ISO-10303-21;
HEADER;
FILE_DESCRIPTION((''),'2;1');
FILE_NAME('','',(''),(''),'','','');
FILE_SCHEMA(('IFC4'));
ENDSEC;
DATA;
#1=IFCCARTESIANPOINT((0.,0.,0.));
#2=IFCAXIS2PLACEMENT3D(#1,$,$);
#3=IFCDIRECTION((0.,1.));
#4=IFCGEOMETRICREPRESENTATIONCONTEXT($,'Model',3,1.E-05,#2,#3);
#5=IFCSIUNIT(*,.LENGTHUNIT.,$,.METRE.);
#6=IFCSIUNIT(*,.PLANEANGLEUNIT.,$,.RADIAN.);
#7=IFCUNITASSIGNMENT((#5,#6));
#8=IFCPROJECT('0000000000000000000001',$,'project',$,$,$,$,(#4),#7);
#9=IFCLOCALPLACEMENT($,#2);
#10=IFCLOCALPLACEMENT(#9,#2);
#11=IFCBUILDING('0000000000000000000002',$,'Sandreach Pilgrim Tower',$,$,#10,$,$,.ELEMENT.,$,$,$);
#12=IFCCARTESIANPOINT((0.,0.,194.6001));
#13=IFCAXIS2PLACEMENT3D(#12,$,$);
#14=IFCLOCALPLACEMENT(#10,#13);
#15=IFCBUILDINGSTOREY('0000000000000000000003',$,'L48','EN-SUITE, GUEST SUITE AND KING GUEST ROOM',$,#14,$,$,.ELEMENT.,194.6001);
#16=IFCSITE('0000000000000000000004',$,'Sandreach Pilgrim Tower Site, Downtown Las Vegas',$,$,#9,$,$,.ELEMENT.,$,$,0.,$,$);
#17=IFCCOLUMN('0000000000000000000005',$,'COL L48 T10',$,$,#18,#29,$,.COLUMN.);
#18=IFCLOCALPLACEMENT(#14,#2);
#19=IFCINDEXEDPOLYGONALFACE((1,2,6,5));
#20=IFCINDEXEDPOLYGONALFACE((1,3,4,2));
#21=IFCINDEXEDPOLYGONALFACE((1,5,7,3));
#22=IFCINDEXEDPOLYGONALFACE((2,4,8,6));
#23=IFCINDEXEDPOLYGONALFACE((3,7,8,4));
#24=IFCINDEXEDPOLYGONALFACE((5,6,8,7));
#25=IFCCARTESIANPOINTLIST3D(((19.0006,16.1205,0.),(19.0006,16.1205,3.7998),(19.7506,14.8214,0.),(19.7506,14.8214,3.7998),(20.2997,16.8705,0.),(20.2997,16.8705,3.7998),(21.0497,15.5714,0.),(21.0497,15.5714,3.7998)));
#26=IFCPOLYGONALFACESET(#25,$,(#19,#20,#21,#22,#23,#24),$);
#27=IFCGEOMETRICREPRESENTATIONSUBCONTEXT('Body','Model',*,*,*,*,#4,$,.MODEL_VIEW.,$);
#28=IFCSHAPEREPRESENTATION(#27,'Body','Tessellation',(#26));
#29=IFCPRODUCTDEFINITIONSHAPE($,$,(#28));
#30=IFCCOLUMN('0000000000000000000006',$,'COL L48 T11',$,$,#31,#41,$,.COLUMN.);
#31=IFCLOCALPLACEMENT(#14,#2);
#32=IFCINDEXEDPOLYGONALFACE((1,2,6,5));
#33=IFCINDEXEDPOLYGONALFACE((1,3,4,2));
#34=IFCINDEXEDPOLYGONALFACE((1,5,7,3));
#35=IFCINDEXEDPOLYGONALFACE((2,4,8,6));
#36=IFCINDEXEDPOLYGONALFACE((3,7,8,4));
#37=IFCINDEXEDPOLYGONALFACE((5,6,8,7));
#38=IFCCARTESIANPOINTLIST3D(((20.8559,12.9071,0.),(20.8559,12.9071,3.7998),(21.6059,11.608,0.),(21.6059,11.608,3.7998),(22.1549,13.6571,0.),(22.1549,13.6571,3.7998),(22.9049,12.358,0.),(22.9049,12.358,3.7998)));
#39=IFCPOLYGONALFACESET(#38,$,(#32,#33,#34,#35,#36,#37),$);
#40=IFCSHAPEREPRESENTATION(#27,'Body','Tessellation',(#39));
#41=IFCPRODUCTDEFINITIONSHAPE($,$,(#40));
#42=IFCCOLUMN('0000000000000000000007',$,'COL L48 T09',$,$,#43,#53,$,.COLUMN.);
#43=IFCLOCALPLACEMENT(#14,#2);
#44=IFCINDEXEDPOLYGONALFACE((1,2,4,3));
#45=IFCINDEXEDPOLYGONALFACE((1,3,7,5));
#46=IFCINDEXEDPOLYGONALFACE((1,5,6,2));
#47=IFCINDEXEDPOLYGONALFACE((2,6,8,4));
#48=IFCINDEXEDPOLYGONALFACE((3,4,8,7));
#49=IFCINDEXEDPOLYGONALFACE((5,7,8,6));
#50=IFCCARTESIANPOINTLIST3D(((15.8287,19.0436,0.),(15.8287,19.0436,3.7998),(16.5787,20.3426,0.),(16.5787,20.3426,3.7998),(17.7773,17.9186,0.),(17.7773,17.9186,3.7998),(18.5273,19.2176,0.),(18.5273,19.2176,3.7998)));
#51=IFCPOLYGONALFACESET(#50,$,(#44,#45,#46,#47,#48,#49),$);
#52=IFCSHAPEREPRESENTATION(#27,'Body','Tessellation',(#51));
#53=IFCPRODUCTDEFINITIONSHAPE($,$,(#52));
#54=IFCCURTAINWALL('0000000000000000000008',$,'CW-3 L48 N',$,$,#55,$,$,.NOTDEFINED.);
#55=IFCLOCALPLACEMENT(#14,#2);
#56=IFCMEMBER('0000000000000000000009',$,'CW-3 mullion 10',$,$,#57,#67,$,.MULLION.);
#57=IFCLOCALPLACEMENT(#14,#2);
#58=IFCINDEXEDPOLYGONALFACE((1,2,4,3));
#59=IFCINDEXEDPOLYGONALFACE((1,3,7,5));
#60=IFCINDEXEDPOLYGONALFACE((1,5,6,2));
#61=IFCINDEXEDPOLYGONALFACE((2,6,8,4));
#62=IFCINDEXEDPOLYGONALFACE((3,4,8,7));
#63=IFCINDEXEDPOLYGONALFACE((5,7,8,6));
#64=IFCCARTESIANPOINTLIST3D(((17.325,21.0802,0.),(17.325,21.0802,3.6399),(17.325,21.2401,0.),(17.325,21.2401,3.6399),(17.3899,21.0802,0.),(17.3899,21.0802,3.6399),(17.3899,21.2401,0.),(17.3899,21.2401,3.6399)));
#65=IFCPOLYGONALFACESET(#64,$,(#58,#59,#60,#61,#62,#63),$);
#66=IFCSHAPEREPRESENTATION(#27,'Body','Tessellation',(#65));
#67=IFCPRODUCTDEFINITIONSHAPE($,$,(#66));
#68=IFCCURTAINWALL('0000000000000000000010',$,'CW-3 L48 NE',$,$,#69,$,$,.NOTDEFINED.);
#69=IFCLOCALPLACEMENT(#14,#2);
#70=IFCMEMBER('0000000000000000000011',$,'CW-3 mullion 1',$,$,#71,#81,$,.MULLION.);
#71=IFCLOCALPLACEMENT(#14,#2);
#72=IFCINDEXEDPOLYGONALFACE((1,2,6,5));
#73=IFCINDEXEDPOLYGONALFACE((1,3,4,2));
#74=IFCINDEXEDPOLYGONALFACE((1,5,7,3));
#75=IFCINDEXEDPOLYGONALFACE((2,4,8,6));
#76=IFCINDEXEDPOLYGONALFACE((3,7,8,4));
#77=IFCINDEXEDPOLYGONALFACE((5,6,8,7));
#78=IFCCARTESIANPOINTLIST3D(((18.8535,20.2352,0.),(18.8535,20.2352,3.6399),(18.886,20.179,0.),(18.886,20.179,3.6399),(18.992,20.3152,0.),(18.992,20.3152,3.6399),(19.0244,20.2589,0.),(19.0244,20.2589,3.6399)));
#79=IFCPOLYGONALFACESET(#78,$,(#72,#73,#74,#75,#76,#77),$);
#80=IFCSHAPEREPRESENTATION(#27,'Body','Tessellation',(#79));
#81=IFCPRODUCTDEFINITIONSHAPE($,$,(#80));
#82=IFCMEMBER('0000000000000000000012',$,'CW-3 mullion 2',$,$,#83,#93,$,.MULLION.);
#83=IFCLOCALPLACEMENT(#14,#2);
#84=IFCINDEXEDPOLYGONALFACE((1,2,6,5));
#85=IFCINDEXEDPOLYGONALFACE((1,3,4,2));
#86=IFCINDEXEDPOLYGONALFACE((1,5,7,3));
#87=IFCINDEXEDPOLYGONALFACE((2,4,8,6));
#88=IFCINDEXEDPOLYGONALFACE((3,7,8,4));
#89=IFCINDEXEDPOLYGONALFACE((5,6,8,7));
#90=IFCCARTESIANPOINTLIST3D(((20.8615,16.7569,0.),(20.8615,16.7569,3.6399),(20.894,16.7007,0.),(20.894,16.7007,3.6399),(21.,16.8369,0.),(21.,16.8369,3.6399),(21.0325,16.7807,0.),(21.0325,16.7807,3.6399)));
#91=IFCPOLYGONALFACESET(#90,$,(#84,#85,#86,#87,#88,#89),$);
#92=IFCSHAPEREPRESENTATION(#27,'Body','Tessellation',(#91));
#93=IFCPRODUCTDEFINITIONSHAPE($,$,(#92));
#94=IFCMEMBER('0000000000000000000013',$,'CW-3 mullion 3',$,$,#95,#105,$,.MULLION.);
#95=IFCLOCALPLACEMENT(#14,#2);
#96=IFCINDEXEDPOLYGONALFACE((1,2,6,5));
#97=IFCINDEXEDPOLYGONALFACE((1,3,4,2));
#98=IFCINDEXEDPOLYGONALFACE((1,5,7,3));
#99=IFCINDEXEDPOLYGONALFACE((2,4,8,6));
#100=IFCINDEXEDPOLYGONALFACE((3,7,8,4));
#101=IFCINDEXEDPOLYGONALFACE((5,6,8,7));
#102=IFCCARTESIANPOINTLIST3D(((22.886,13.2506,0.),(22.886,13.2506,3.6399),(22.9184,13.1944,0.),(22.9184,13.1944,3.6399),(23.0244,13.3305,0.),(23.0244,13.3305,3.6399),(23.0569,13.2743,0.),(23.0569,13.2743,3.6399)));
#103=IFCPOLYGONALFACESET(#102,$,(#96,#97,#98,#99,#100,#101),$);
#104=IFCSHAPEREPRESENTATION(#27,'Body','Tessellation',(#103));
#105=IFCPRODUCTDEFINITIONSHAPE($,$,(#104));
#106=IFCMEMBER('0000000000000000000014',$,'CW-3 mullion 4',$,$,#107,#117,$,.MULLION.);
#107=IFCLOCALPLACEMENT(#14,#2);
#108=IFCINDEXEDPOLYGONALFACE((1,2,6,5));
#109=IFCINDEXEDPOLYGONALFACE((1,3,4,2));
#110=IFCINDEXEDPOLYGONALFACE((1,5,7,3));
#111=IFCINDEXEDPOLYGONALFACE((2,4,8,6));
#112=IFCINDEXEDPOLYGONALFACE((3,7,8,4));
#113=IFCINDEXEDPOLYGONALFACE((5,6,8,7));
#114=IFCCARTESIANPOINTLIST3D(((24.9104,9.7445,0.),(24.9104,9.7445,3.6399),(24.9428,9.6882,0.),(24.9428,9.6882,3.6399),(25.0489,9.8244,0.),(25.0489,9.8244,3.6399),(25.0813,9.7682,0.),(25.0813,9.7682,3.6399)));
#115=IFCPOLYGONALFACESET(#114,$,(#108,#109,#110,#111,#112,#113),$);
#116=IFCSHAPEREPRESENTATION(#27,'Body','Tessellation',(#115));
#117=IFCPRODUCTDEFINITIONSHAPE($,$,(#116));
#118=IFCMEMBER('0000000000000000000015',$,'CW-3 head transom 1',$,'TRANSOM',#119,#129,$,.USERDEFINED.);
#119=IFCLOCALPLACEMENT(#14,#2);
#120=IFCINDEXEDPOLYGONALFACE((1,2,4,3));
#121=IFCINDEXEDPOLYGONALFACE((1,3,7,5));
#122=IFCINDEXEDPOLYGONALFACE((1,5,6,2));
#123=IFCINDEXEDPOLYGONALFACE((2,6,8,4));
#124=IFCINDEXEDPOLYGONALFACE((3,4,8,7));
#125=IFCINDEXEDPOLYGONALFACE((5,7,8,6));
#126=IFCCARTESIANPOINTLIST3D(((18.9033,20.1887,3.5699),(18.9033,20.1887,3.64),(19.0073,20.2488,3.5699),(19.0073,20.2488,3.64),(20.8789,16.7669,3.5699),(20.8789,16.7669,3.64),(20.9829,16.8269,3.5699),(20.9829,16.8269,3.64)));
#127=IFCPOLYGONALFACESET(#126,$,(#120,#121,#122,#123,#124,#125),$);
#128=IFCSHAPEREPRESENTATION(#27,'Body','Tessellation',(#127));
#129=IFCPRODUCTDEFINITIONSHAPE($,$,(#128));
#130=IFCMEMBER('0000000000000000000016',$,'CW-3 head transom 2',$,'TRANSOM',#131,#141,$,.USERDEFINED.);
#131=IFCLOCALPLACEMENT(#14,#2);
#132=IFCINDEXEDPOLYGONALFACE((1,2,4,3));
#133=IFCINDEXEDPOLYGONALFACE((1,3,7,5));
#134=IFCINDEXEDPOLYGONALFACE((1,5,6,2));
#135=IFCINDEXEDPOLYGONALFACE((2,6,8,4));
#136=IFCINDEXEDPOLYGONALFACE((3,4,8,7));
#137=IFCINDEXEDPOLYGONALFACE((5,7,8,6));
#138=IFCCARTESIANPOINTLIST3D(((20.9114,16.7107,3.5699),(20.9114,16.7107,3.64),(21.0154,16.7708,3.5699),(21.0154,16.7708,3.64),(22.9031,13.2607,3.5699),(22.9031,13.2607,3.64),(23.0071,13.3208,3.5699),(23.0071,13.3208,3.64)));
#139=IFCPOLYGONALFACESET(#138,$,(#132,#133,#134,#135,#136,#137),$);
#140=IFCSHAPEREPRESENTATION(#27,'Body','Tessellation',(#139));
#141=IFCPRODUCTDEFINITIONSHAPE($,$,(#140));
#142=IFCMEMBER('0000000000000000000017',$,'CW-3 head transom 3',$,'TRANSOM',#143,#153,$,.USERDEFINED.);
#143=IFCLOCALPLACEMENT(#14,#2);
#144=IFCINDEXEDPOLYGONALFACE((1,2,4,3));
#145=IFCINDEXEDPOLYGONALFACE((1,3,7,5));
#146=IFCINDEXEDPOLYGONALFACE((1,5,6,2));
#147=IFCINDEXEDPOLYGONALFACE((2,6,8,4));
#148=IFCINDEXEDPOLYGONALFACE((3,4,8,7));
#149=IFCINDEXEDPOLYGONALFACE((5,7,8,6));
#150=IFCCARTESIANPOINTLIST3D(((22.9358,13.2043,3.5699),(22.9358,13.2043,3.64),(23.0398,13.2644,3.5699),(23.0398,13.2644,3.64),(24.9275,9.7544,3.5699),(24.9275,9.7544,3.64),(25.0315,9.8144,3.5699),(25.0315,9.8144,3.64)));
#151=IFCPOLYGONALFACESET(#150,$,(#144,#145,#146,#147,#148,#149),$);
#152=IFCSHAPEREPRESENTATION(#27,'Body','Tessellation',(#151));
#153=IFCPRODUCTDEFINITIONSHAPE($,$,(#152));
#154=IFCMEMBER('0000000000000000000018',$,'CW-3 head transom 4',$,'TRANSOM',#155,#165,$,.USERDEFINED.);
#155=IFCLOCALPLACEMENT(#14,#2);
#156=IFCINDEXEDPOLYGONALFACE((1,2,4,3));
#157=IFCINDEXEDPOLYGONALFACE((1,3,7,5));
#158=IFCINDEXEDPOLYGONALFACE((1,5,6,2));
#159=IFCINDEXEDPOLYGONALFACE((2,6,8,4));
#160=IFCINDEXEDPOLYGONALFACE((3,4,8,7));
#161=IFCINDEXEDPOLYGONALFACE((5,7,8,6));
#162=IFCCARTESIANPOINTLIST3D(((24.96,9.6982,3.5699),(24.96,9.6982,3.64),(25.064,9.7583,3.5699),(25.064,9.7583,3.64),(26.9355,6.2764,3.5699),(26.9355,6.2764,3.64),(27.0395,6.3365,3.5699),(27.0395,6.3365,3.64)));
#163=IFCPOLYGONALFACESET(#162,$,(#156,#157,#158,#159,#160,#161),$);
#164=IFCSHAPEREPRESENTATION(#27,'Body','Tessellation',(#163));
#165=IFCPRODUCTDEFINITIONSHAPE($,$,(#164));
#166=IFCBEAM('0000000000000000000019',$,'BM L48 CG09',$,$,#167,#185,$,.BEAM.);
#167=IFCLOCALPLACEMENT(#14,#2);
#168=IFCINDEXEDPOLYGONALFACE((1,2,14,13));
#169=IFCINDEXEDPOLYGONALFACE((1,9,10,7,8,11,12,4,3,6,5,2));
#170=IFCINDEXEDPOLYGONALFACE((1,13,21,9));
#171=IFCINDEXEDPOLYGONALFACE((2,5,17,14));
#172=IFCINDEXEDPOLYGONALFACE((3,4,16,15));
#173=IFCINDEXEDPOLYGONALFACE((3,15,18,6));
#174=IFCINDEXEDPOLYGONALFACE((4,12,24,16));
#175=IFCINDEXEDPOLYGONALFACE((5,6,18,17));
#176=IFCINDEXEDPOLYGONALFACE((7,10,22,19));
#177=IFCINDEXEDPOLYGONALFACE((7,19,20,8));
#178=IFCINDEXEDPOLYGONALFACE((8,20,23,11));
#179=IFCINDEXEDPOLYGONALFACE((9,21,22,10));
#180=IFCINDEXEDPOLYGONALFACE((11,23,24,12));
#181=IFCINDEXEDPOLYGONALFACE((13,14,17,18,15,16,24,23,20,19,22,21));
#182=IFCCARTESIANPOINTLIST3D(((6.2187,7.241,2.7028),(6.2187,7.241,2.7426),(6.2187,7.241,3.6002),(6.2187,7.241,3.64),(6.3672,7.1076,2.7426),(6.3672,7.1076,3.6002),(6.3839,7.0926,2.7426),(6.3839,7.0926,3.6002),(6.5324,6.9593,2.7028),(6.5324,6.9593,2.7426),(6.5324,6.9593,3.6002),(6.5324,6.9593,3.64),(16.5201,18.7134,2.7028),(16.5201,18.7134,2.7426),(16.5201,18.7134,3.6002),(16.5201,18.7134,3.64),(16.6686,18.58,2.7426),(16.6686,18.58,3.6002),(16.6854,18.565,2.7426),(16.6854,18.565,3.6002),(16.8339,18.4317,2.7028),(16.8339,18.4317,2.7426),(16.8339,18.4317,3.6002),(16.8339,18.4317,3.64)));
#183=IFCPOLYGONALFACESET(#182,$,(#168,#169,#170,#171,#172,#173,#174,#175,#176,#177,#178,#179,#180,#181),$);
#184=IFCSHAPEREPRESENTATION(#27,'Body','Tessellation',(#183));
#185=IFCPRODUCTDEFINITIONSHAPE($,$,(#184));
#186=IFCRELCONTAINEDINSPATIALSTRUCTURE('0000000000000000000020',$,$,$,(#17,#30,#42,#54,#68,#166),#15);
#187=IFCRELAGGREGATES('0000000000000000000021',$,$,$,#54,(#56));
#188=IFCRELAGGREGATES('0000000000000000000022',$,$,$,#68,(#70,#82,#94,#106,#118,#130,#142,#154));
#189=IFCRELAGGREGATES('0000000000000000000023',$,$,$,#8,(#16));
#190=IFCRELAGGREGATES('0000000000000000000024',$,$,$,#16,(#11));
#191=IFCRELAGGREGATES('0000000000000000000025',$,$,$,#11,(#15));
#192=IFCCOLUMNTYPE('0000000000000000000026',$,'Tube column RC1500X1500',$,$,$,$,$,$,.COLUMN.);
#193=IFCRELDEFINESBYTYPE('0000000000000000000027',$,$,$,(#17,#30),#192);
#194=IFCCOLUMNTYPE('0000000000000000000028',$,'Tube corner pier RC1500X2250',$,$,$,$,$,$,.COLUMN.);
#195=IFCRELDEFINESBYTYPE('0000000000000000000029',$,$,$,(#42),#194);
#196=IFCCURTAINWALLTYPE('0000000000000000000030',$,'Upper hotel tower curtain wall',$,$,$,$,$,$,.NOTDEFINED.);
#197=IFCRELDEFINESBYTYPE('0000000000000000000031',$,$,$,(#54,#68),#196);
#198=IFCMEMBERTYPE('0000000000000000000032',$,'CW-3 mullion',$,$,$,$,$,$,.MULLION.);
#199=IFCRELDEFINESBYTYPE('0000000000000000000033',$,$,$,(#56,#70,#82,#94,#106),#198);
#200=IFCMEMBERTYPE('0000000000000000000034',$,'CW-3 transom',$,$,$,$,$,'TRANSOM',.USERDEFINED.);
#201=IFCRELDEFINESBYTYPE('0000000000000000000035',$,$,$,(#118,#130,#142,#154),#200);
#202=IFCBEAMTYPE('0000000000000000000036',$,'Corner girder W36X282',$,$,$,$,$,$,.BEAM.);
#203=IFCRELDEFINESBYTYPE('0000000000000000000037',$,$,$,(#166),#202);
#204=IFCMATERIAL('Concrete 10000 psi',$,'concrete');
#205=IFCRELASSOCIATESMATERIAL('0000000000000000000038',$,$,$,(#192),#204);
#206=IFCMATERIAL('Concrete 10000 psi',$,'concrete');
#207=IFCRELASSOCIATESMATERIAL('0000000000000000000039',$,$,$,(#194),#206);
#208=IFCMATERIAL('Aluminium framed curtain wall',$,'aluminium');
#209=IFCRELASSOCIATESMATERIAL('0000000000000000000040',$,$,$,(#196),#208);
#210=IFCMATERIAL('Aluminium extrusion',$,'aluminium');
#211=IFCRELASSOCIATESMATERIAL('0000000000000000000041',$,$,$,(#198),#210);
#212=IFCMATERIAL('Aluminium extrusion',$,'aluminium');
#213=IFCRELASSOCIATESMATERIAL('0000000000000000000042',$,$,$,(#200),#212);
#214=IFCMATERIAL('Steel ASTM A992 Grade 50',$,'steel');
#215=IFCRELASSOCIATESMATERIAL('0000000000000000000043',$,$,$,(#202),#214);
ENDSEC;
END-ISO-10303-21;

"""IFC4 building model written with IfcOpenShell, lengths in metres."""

from ifc_helpers import new_model, si_unit, direction, frame, origin, origin_2d, place, context, subcontext, project, spatial, rectangle, i_section, extrude, material, material_profile, profile_set, type_object, element, aggregate, save


model = new_model("IFC4")

# Units and contexts
model_context = context("Model", 3, precision=1e-05, world=origin(), true_north=direction((0.0, 1.0)))
body_context = subcontext(model_context, "Body", "Model", "MODEL_VIEW")
ifc_project = project(units=[si_unit("LENGTHUNIT", "METRE"), si_unit("PLANEANGLEUNIT", "RADIAN")], contexts=[model_context])

# Site, building, storey
site_placement = place(None, origin())
site = spatial("IfcSite", under=ifc_project, at=site_placement, Name="Sandreach Pilgrim Tower Site, Downtown Las Vegas", CompositionType="ELEMENT", RefElevation=0.0)
building_placement = place(site_placement, origin())
building = spatial("IfcBuilding", under=site, at=building_placement, Name="Sandreach Pilgrim Tower", CompositionType="ELEMENT")
storey_placement = place(building_placement, frame((0.0, 0.0, 194.6001)))
storey = spatial("IfcBuildingStorey", under=building, at=storey_placement, Name="L48", Description="EN-SUITE, GUEST SUITE AND KING GUEST ROOM", CompositionType="ELEMENT", Elevation=194.6001)

# Columns
ifc_material_1 = material(Name="Concrete 10000 psi", Category="concrete")
ifc_material_profile_1 = material_profile(ifc_material_1, rectangle(XDim=1.5, YDim=1.5, at=origin_2d()), Name="RC1500X1500")
ifc_profile_set_1 = profile_set([ifc_material_profile_1], Name="Concrete 10000 psi")
column_type_1 = type_object("IfcColumnType", Name="Tube column RC1500X1500", PredefinedType="COLUMN", material=ifc_profile_set_1)
for number, where, z_axis, x_axis, name in (
    (1, (20.0251, 15.8459, 0.0), (0.0, 0.0, 1.0), (0.866025, 0.5, 0.0), "COL L48 T10"),
    (2, (21.8804, 12.6326, 0.0), (0.0, 0.0, 1.0), (0.866025, 0.5, 0.0), "COL L48 T11"),
):
    element("IfcColumn", number, at=place(storey_placement, frame(where, z_axis=z_axis, x_axis=x_axis)), inside=storey, type_object=column_type_1, Name=name, PredefinedType="COLUMN", context=body_context, shape_type="SweptSolid", body=[
        extrude(rectangle(XDim=1.5, YDim=1.5, at=origin_2d()), origin(), (0.0, 0.0, 1.0), 3.7998),
    ])
ifc_material_2 = material(Name="Concrete 10000 psi", Category="concrete")
ifc_material_profile_2 = material_profile(ifc_material_2, rectangle(XDim=1.5, YDim=2.25, at=origin_2d()), Name="RC1500X2250")
ifc_profile_set_2 = profile_set([ifc_material_profile_2], Name="Concrete 10000 psi")
column_type_2 = type_object("IfcColumnType", Name="Tube corner pier RC1500X2250", PredefinedType="COLUMN", material=ifc_profile_set_2)
column_placement = place(storey_placement, frame((17.178, 19.1306, 0.0), z_axis=(0.0, 0.0, 1.0), x_axis=(0.5, 0.866025, 0.0)))
element("IfcColumn", 3, at=column_placement, inside=storey, type_object=column_type_2, Name="COL L48 T09", PredefinedType="COLUMN", context=body_context, shape_type="SweptSolid", body=[
    extrude(rectangle(XDim=1.5, YDim=2.25, at=origin_2d()), origin(), (0.0, 0.0, 1.0), 3.7998),
])

# Curtain wall, member
ifc_material_3 = material(Name="Aluminium framed curtain wall", Category="aluminium")
curtain_wall_type = type_object("IfcCurtainWallType", Name="Upper hotel tower curtain wall", PredefinedType="NOTDEFINED", material=ifc_material_3)
curtain_wall_1_placement = place(storey_placement, origin())
curtain_wall_1 = element("IfcCurtainWall", 4, at=curtain_wall_1_placement, inside=storey, type_object=curtain_wall_type, Name="CW-3 L48 N", PredefinedType="NOTDEFINED")
ifc_material_4 = material(Name="Aluminium extrusion", Category="aluminium")
ifc_material_profile_3 = material_profile(ifc_material_4, rectangle(XDim=0.0649, YDim=0.1599, at=origin_2d()), Name="CW-3M 65X160")
ifc_profile_set_3 = profile_set([ifc_material_profile_3], Name="Aluminium extrusion")
member_type_1 = type_object("IfcMemberType", Name="CW-3 mullion", PredefinedType="MULLION", material=ifc_profile_set_3)
member_1_placement = place(storey_placement, frame((17.3574, 21.1602, 0.0), z_axis=(0.0, 0.0, 1.0), x_axis=(1.0, 0.0, 0.0)))
member_1 = element("IfcMember", 5, at=member_1_placement, type_object=member_type_1, Name="CW-3 mullion 10", PredefinedType="MULLION", context=body_context, shape_type="SweptSolid", body=[
    extrude(rectangle(XDim=0.0649, YDim=0.1599, at=origin_2d()), origin(), (0.0, 0.0, 1.0), 3.6399),
])

# Curtain wall, members
curtain_wall_2_placement = place(storey_placement, origin())
curtain_wall_2 = element("IfcCurtainWall", 6, at=curtain_wall_2_placement, inside=storey, type_object=curtain_wall_type, Name="CW-3 L48 NE", PredefinedType="NOTDEFINED")
member_2_placement = place(storey_placement, frame((18.939, 20.2471, 0.0), z_axis=(0.0, 0.0, 1.0), x_axis=(0.5, -0.866025, 0.0)))
member_2 = element("IfcMember", 7, at=member_2_placement, type_object=member_type_1, Name="CW-3 mullion 1", PredefinedType="MULLION", context=body_context, shape_type="SweptSolid", body=[
    extrude(rectangle(XDim=0.0649, YDim=0.1599, at=origin_2d()), origin(), (0.0, 0.0, 1.0), 3.6399),
])
member_3_placement = place(storey_placement, frame((20.947, 16.7688, 0.0), z_axis=(0.0, 0.0, 1.0), x_axis=(0.5, -0.866025, 0.0)))
member_3 = element("IfcMember", 8, at=member_3_placement, type_object=member_type_1, Name="CW-3 mullion 2", PredefinedType="MULLION", context=body_context, shape_type="SweptSolid", body=[
    extrude(rectangle(XDim=0.0649, YDim=0.1599, at=origin_2d()), origin(), (0.0, 0.0, 1.0), 3.6399),
])
member_4_placement = place(storey_placement, frame((22.9714, 13.2625, 0.0), z_axis=(0.0, 0.0, 1.0), x_axis=(0.5, -0.866025, 0.0)))
member_4 = element("IfcMember", 9, at=member_4_placement, type_object=member_type_1, Name="CW-3 mullion 3", PredefinedType="MULLION", context=body_context, shape_type="SweptSolid", body=[
    extrude(rectangle(XDim=0.0649, YDim=0.1599, at=origin_2d()), origin(), (0.0, 0.0, 1.0), 3.6399),
])
member_5_placement = place(storey_placement, frame((24.9958, 9.7563, 0.0), z_axis=(0.0, 0.0, 1.0), x_axis=(0.5, -0.866025, 0.0)))
member_5 = element("IfcMember", 10, at=member_5_placement, type_object=member_type_1, Name="CW-3 mullion 4", PredefinedType="MULLION", context=body_context, shape_type="SweptSolid", body=[
    extrude(rectangle(XDim=0.0649, YDim=0.1599, at=origin_2d()), origin(), (0.0, 0.0, 1.0), 3.6399),
])
ifc_material_5 = material(Name="Aluminium extrusion", Category="aluminium")
ifc_material_profile_4 = material_profile(ifc_material_5, rectangle(XDim=0.1201, YDim=0.0701, at=origin_2d()), Name="CW-3T 120X70")
ifc_profile_set_4 = profile_set([ifc_material_profile_4], Name="Aluminium extrusion")
member_type_2 = type_object("IfcMemberType", Name="CW-3 transom", ElementType="TRANSOM", PredefinedType="USERDEFINED", material=ifc_profile_set_4)
member_6_placement = place(storey_placement, frame((18.9553, 20.2188, 3.605), z_axis=(0.499993, -0.866029, 0.0), x_axis=(0.866029, 0.499993, 0.0)))
member_6 = element("IfcMember", 11, at=member_6_placement, type_object=member_type_2, Name="CW-3 head transom 1", ObjectType="TRANSOM", PredefinedType="USERDEFINED", context=body_context, shape_type="SweptSolid", body=[
    extrude(rectangle(XDim=0.1201, YDim=0.0701, at=origin_2d()), origin(), (0.0, 0.0, 1.0), 3.9512),
])
member_7_placement = place(storey_placement, frame((20.9634, 16.7407, 3.605), z_axis=(0.499975, -0.86604, 0.0), x_axis=(0.86604, 0.499975, 0.0)))
member_7 = element("IfcMember", 12, at=member_7_placement, type_object=member_type_2, Name="CW-3 head transom 2", ObjectType="TRANSOM", PredefinedType="USERDEFINED", context=body_context, shape_type="SweptSolid", body=[
    extrude(rectangle(XDim=0.1201, YDim=0.0701, at=origin_2d()), origin(), (0.0, 0.0, 1.0), 3.9836),
])
member_8_placement = place(storey_placement, frame((22.9878, 13.2344, 3.605), z_axis=(0.499975, -0.86604, 0.0), x_axis=(0.86604, 0.499975, 0.0)))
member_8 = element("IfcMember", 13, at=member_8_placement, type_object=member_type_2, Name="CW-3 head transom 3", ObjectType="TRANSOM", PredefinedType="USERDEFINED", context=body_context, shape_type="SweptSolid", body=[
    extrude(rectangle(XDim=0.1201, YDim=0.0701, at=origin_2d()), origin(), (0.0, 0.0, 1.0), 3.9836),
])
member_9_placement = place(storey_placement, frame((25.012, 9.7283, 3.605), z_axis=(0.499993, -0.866029, 0.0), x_axis=(0.866029, 0.499993, 0.0)))
member_9 = element("IfcMember", 14, at=member_9_placement, type_object=member_type_2, Name="CW-3 head transom 4", ObjectType="TRANSOM", PredefinedType="USERDEFINED", context=body_context, shape_type="SweptSolid", body=[
    extrude(rectangle(XDim=0.1201, YDim=0.0701, at=origin_2d()), origin(), (0.0, 0.0, 1.0), 3.9512),
])

# Beam
ifc_material_6 = material(Name="Steel ASTM A992 Grade 50", Category="steel")
ifc_material_profile_5 = material_profile(ifc_material_6, i_section(OverallWidth=0.4216, OverallDepth=0.9373, WebThickness=0.0225, FlangeThickness=0.0398, at=origin_2d()), Name="W36X282")
ifc_profile_set_5 = profile_set([ifc_material_profile_5], Name="Steel ASTM A992 Grade 50")
beam_type_1 = type_object("IfcBeamType", Name="Corner girder W36X282", PredefinedType="BEAM", material=ifc_profile_set_5)
beam_1_placement = place(storey_placement, frame((16.677, 18.5725, 3.1714), z_axis=(-0.668117, -0.744057, 0.0), x_axis=(0.744057, -0.668117, 0.0)))
element("IfcBeam", 15, at=beam_1_placement, inside=storey, type_object=beam_type_1, Name="BM L48 CG09", PredefinedType="BEAM", context=body_context, shape_type="SweptSolid", body=[
    extrude(i_section(OverallWidth=0.4216, OverallDepth=0.9373, WebThickness=0.0225, FlangeThickness=0.0398, at=origin_2d()), origin(), (0.0, 0.0, 1.0), 15.4187),
])

aggregate(curtain_wall_1, [member_1])
aggregate(curtain_wall_2, [member_2, member_3, member_4, member_5, member_6, member_7, member_8, member_9])

save(model, "model.ifc")
